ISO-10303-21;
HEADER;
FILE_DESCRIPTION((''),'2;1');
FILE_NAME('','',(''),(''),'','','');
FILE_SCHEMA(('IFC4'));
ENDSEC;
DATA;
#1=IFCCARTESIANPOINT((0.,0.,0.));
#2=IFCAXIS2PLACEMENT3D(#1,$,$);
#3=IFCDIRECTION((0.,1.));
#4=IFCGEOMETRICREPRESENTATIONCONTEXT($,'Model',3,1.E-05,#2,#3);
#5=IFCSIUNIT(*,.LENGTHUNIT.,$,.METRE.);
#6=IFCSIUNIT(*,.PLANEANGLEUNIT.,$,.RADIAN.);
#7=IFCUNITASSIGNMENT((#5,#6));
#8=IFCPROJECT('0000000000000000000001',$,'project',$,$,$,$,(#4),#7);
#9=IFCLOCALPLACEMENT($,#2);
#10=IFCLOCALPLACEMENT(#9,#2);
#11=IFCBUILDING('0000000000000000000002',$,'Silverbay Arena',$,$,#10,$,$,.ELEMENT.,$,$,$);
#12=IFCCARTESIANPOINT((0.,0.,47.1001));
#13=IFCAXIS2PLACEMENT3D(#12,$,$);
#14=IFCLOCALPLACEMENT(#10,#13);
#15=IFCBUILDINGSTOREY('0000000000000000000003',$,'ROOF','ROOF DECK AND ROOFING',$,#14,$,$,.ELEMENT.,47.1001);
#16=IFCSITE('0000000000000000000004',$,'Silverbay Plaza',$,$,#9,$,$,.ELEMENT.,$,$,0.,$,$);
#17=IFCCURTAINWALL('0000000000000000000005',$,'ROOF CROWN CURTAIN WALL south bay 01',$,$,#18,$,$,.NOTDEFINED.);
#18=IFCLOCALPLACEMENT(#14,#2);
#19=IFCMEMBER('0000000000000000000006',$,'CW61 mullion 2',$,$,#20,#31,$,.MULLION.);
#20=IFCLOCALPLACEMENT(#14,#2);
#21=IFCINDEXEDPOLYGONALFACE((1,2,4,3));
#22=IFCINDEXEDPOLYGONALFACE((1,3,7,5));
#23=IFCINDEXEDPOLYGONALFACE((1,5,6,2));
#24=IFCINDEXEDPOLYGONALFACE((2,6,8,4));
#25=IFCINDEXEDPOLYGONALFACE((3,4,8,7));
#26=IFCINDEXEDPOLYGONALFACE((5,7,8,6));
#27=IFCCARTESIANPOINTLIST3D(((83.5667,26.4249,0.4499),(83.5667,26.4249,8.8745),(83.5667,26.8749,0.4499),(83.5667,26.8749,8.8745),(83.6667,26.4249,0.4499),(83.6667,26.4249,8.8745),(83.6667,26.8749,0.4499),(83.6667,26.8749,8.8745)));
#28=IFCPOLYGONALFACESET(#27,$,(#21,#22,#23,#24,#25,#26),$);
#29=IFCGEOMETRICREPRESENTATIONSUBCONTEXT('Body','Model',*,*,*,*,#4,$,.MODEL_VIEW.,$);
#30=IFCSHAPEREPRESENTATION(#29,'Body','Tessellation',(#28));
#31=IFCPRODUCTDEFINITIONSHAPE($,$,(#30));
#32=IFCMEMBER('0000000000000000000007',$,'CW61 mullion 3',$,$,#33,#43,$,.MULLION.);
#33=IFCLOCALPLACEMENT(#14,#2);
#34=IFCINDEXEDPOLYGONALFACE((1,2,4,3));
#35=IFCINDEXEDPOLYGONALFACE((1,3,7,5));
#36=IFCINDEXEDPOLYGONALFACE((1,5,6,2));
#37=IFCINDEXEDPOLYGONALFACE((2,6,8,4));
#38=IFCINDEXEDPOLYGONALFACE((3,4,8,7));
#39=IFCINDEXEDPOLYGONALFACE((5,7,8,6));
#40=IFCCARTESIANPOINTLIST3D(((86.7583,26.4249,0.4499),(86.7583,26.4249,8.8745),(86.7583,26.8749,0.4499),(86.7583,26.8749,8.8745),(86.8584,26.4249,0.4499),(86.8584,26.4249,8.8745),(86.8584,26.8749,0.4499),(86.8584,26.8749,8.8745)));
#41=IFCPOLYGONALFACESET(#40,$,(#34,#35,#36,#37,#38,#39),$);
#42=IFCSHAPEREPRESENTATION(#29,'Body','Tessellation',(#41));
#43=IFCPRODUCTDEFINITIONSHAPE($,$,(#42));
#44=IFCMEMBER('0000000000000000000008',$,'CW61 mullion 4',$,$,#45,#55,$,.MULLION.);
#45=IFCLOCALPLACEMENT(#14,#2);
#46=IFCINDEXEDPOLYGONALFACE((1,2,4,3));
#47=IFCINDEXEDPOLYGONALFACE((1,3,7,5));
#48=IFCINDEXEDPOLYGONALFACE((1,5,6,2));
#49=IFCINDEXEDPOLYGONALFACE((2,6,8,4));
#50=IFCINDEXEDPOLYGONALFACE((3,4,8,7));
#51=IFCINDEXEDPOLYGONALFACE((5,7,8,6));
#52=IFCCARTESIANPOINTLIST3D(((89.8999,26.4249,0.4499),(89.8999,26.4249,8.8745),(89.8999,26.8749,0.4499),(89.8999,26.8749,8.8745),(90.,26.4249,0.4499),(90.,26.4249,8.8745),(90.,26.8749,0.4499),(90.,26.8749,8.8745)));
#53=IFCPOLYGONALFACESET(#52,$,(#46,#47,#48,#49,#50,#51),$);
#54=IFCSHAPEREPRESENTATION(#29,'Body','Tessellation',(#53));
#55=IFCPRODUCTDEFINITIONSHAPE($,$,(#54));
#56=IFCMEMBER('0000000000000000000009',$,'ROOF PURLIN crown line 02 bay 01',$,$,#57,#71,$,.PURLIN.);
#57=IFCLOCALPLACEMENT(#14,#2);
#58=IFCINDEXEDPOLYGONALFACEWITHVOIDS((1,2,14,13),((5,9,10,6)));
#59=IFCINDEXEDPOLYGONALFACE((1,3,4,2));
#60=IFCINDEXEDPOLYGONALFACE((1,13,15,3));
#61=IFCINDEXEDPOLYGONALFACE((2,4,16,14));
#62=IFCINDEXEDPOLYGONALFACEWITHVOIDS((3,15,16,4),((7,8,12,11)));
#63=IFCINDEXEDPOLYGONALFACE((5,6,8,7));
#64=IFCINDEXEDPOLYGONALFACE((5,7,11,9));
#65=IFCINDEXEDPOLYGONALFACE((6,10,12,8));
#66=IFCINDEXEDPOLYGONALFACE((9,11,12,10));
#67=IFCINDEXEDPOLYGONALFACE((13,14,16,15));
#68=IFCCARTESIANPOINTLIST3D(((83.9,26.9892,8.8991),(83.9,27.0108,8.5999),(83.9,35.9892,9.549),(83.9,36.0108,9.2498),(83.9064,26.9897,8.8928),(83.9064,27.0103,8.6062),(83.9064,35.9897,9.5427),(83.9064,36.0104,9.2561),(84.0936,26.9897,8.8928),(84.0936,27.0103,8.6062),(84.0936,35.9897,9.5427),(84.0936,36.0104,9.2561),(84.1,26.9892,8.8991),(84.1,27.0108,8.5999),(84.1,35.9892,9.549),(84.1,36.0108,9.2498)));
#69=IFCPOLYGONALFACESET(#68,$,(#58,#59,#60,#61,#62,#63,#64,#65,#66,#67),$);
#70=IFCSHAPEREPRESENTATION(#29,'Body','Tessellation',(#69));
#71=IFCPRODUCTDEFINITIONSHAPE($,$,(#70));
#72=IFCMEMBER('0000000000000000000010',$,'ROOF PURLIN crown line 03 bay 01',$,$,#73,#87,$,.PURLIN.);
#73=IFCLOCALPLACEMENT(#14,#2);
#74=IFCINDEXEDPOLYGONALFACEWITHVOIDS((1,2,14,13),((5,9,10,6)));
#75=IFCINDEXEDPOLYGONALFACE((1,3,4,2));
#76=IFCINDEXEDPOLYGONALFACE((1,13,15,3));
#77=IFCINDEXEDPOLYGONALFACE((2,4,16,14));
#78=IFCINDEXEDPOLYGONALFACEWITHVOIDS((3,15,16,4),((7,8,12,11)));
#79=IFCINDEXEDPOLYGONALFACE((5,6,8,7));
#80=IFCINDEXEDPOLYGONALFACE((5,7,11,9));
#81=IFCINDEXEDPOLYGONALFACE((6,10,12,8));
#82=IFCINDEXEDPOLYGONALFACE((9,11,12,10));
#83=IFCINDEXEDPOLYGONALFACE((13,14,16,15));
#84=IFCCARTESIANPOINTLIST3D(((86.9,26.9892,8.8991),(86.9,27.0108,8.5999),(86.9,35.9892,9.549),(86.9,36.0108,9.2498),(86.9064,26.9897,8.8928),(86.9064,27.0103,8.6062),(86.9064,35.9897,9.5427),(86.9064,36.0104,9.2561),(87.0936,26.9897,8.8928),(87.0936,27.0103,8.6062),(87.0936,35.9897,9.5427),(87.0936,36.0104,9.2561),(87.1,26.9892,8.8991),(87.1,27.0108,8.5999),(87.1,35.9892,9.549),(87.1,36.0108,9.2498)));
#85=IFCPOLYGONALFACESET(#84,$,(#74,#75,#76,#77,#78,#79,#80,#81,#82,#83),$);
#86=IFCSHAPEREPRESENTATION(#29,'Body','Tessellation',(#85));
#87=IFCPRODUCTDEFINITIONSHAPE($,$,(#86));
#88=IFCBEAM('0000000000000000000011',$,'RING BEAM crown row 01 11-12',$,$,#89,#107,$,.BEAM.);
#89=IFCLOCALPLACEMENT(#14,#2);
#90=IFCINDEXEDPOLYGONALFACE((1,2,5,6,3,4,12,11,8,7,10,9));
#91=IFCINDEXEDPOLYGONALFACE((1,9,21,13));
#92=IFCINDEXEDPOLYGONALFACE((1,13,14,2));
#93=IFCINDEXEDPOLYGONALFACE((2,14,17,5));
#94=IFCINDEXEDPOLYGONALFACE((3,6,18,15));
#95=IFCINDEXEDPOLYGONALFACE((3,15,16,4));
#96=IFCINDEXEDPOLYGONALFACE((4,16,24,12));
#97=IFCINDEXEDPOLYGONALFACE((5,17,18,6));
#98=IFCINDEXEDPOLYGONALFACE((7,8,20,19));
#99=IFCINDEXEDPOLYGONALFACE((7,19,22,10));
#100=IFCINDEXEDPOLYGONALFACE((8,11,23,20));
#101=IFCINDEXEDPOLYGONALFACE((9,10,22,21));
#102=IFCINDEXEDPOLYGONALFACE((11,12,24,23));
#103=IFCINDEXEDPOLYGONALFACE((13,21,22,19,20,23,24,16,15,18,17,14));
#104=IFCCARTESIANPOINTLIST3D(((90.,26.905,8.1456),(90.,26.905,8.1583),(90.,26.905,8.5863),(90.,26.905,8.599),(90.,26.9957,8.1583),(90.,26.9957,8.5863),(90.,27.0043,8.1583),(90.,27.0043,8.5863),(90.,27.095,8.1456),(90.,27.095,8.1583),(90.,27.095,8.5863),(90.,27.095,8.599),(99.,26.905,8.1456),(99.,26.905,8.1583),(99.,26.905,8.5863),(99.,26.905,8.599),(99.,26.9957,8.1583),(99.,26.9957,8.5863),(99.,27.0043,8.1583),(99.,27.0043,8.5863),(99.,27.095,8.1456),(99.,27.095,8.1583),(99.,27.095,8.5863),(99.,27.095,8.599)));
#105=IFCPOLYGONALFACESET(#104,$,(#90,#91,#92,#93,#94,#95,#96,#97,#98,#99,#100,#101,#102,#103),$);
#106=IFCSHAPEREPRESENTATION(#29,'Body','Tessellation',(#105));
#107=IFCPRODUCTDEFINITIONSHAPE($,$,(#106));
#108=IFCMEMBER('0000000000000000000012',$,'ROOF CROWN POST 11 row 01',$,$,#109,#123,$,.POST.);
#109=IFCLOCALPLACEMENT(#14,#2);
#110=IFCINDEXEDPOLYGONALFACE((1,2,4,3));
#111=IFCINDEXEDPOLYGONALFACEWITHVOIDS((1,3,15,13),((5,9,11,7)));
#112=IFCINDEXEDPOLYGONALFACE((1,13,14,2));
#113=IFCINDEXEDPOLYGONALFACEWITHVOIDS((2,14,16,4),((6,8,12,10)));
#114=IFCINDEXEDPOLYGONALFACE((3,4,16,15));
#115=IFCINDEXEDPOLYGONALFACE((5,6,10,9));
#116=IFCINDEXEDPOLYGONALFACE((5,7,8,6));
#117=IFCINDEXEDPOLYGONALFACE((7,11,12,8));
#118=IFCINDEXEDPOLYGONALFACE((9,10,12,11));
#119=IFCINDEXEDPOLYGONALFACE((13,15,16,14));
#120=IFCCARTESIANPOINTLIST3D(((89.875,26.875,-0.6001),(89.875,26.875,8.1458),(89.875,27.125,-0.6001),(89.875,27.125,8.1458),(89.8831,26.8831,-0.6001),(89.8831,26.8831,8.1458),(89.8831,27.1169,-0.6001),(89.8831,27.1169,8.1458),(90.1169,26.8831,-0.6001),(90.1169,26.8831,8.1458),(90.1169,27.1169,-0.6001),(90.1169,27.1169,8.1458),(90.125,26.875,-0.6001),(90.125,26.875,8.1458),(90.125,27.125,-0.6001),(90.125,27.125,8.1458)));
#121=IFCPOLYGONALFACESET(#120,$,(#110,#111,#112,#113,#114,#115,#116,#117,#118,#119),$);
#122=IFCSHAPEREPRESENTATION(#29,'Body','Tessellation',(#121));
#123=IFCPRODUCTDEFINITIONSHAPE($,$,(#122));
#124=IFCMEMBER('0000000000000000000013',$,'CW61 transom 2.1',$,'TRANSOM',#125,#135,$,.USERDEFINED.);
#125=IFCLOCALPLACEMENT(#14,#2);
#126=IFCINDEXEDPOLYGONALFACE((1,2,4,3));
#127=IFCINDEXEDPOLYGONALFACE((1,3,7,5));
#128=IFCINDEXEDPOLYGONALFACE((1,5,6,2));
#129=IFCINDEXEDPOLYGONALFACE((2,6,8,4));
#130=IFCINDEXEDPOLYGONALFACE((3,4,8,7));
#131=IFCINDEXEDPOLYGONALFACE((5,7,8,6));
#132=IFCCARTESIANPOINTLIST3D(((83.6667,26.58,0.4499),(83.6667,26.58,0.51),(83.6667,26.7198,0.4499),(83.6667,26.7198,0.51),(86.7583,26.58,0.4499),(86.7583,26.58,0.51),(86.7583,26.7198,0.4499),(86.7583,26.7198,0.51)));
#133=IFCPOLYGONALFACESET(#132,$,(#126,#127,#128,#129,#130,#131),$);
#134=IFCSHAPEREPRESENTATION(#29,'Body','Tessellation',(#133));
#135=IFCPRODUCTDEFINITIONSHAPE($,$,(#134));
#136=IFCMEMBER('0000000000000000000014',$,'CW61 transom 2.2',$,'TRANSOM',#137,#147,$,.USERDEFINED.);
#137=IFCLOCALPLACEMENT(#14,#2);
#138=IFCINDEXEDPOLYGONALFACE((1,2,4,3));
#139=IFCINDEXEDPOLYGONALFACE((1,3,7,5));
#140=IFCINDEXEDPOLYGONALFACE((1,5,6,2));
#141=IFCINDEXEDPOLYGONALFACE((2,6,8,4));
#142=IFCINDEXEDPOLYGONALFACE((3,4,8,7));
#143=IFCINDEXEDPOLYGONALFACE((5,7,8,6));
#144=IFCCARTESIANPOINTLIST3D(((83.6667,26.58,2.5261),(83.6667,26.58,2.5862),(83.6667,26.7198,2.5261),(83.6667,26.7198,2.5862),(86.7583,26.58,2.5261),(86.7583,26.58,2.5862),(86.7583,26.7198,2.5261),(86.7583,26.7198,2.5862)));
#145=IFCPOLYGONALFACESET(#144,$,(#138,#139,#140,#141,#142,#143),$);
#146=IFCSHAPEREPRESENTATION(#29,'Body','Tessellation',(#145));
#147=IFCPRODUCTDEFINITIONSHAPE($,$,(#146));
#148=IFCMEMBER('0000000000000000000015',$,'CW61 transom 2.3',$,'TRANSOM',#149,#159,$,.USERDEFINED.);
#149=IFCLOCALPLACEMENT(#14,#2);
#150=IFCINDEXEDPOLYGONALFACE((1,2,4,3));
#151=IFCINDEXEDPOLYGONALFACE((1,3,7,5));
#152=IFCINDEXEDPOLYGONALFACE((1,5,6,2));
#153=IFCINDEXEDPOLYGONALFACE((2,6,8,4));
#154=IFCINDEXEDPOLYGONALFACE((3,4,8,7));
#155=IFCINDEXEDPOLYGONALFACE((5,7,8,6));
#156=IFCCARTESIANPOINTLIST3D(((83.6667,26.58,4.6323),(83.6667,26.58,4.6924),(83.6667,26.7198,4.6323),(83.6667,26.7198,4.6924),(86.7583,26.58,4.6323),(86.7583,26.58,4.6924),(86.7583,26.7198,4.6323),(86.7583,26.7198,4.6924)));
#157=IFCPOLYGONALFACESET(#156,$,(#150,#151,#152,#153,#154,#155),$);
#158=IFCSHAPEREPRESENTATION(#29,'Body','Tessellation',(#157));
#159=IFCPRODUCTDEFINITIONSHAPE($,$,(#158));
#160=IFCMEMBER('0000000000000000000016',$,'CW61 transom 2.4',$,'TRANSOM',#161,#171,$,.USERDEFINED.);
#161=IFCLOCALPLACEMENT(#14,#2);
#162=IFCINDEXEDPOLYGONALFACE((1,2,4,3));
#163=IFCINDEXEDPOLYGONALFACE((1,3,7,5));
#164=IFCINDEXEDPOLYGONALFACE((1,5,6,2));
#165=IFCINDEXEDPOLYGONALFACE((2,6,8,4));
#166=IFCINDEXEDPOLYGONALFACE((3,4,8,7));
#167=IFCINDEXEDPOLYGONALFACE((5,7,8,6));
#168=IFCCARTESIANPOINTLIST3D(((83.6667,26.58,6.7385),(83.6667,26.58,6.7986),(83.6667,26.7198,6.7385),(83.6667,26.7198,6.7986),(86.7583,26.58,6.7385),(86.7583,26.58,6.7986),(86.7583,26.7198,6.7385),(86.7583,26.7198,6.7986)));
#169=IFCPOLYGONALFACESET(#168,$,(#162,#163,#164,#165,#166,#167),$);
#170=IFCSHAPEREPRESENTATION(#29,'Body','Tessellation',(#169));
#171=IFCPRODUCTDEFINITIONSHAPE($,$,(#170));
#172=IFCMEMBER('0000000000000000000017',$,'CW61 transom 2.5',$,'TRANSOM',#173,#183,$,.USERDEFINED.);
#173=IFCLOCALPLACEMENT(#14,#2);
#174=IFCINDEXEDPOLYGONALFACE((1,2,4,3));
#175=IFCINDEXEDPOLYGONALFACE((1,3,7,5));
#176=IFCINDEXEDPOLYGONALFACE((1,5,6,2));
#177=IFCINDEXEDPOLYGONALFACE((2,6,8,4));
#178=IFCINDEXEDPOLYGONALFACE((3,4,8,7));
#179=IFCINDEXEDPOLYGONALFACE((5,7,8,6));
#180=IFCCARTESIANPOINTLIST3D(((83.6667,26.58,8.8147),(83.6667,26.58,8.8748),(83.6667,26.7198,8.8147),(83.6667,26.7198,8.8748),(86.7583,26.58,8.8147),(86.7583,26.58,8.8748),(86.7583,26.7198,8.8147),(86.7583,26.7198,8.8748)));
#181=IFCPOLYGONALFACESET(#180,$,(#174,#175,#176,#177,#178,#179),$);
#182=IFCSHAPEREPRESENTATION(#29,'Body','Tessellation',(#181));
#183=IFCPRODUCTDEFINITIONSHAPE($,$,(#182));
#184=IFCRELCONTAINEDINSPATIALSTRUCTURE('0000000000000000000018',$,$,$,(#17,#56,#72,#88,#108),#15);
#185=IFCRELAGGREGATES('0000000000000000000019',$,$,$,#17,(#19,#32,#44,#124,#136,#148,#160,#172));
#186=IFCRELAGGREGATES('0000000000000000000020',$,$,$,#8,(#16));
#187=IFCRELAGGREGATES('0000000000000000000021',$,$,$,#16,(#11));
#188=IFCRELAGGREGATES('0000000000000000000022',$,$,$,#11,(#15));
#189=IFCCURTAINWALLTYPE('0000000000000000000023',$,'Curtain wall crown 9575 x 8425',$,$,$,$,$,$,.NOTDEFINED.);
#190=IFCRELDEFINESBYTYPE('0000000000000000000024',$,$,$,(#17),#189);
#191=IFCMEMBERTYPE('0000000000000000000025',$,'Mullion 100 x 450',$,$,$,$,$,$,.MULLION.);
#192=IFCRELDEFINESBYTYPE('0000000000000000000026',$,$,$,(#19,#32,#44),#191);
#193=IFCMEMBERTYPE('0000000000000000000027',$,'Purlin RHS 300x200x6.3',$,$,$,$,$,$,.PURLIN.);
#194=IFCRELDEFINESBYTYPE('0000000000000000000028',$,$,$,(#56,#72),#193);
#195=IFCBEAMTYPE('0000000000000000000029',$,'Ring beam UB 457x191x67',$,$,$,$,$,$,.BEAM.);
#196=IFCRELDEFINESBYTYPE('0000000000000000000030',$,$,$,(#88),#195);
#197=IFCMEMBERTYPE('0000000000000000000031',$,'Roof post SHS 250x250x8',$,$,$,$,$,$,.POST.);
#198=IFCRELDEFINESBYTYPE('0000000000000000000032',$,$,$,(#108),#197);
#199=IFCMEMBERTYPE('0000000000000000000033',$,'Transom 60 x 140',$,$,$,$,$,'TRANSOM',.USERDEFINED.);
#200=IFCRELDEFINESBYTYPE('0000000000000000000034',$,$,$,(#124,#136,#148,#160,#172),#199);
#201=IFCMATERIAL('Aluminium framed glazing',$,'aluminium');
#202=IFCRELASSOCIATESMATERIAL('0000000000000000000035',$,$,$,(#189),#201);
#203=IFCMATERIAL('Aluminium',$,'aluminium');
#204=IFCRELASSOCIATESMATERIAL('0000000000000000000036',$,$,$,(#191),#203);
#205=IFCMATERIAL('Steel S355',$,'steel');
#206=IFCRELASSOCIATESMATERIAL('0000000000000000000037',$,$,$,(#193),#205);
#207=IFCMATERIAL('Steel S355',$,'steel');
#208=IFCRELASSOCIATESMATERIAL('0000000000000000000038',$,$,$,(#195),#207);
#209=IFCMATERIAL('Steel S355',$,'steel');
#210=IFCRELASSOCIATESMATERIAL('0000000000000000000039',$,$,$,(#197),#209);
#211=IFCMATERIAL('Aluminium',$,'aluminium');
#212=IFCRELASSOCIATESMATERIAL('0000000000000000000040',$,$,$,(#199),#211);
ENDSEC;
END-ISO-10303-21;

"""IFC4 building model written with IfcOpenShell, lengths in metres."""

from ifc_helpers import new_model, si_unit, direction, frame, origin, origin_2d, place, context, subcontext, project, spatial, rectangle, hollow_rectangle, i_section, extrude, material, material_profile, profile_set, type_object, element, aggregate, save


model = new_model("IFC4")

# Units and contexts
model_context = context("Model", 3, precision=1e-05, world=origin(), true_north=direction((0.0, 1.0)))
body_context = subcontext(model_context, "Body", "Model", "MODEL_VIEW")
ifc_project = project(units=[si_unit("LENGTHUNIT", "METRE"), si_unit("PLANEANGLEUNIT", "RADIAN")], contexts=[model_context])

# Site, building, storey
site_placement = place(None, origin())
site = spatial("IfcSite", under=ifc_project, at=site_placement, Name="Silverbay Plaza", CompositionType="ELEMENT", RefElevation=0.0)
building_placement = place(site_placement, origin())
building = spatial("IfcBuilding", under=site, at=building_placement, Name="Silverbay Arena", CompositionType="ELEMENT")
storey_placement = place(building_placement, frame((0.0, 0.0, 47.1001)))
storey = spatial("IfcBuildingStorey", under=building, at=storey_placement, Name="ROOF", Description="ROOF DECK AND ROOFING", CompositionType="ELEMENT", Elevation=47.1001)

# Curtain wall, members
ifc_material_1 = material(Name="Aluminium framed glazing", Category="aluminium")
curtain_wall_type = type_object("IfcCurtainWallType", Name="Curtain wall crown 9575 x 8425", PredefinedType="NOTDEFINED", material=ifc_material_1)
curtain_wall_placement = place(storey_placement, origin())
curtain_wall = element("IfcCurtainWall", 1, at=curtain_wall_placement, inside=storey, type_object=curtain_wall_type, Name="ROOF CROWN CURTAIN WALL south bay 01", PredefinedType="NOTDEFINED")
ifc_material_2 = material(Name="Aluminium", Category="aluminium")
ifc_material_profile_1 = material_profile(ifc_material_2, rectangle(XDim=0.45, YDim=0.1001, at=origin_2d()), Name="Mullion 100 x 450")
ifc_profile_set_1 = profile_set([ifc_material_profile_1], Name="Aluminium")
member_type_1 = type_object("IfcMemberType", Name="Mullion 100 x 450", PredefinedType="MULLION", material=ifc_profile_set_1)
placement = place(building_placement, frame((0.0, 0.0, 33.5)))
member_1_placement = place(placement, frame((83.6167, 26.6499, 14.05), z_axis=(0.0, 0.0, 1.0), x_axis=(0.0, 1.0, 0.0)))
member_1 = element("IfcMember", 2, at=member_1_placement, type_object=member_type_1, Name="CW61 mullion 2", PredefinedType="MULLION", context=body_context, shape_type="SweptSolid", body=[
    extrude(rectangle(XDim=0.45, YDim=0.1001, at=origin_2d()), origin(), (0.0, 0.0, 1.0), 8.4246),
])
member_2_placement = place(placement, frame((86.8083, 26.6499, 14.05), z_axis=(0.0, 0.0, 1.0), x_axis=(0.0, 1.0, 0.0)))
member_2 = element("IfcMember", 3, at=member_2_placement, type_object=member_type_1, Name="CW61 mullion 3", PredefinedType="MULLION", context=body_context, shape_type="SweptSolid", body=[
    extrude(rectangle(XDim=0.45, YDim=0.1001, at=origin_2d()), origin(), (0.0, 0.0, 1.0), 8.4246),
])
member_3_placement = place(placement, frame((89.95, 26.6499, 14.05), z_axis=(0.0, 0.0, 1.0), x_axis=(0.0, 1.0, 0.0)))
member_3 = element("IfcMember", 4, at=member_3_placement, type_object=member_type_1, Name="CW61 mullion 4", PredefinedType="MULLION", context=body_context, shape_type="SweptSolid", body=[
    extrude(rectangle(XDim=0.45, YDim=0.1001, at=origin_2d()), origin(), (0.0, 0.0, 1.0), 8.4246),
])

# Members
ifc_material_3 = material(Name="Steel S355", Category="steel")
ifc_material_profile_2 = material_profile(ifc_material_3, hollow_rectangle(XDim=0.2, YDim=0.3, WallThickness=0.0063, at=origin_2d()), Name="RHS 300x200x6.3")
ifc_profile_set_2 = profile_set([ifc_material_profile_2], Name="Steel S355")
member_type_2 = type_object("IfcMemberType", Name="Purlin RHS 300x200x6.3", PredefinedType="PURLIN", material=ifc_profile_set_2)
for number, where, z_axis, x_axis, name in (
    (5, (84.0, 27.0, 8.7495), (0.0, 0.997403, 0.072024), (-1.0, 0.0, 0.0), "ROOF PURLIN crown line 02 bay 01"),
    (6, (87.0, 27.0, 8.7495), (0.0, 0.997403, 0.072024), (-1.0, 0.0, 0.0), "ROOF PURLIN crown line 03 bay 01"),
):
    element("IfcMember", number, at=place(storey_placement, frame(where, z_axis=z_axis, x_axis=x_axis)), inside=storey, type_object=member_type_2, Name=name, PredefinedType="PURLIN", context=body_context, shape_type="SweptSolid", body=[
        extrude(hollow_rectangle(XDim=0.2, YDim=0.3, WallThickness=0.0063, at=origin_2d()), origin(), (0.0, 0.0, 1.0), 9.0234),
    ])

# Beam
ifc_material_4 = material(Name="Steel S355", Category="steel")
ifc_material_profile_3 = material_profile(ifc_material_4, i_section(OverallWidth=0.1899, OverallDepth=0.4534, WebThickness=0.0085, FlangeThickness=0.0127, at=origin_2d()), Name="UB 457x191x67")
ifc_profile_set_3 = profile_set([ifc_material_profile_3], Name="Steel S355")
beam_type = type_object("IfcBeamType", Name="Ring beam UB 457x191x67", PredefinedType="BEAM", material=ifc_profile_set_3)
beam_placement = place(storey_placement, frame((90.0, 27.0, 8.3723), z_axis=(1.0, 0.0, 0.0), x_axis=(0.0, 1.0, 0.0)))
element("IfcBeam", 7, at=beam_placement, inside=storey, type_object=beam_type, Name="RING BEAM crown row 01 11-12", PredefinedType="BEAM", context=body_context, shape_type="SweptSolid", body=[
    extrude(i_section(OverallWidth=0.1899, OverallDepth=0.4534, WebThickness=0.0085, FlangeThickness=0.0127, at=origin_2d()), origin(), (0.0, 0.0, 1.0), 9.0),
])

# Members
ifc_material_5 = material(Name="Steel S355", Category="steel")
ifc_material_profile_4 = material_profile(ifc_material_5, hollow_rectangle(XDim=0.25, YDim=0.25, WallThickness=0.0081, at=origin_2d()), Name="SHS 250x250x8")
ifc_profile_set_4 = profile_set([ifc_material_profile_4], Name="Steel S355")
member_type_3 = type_object("IfcMemberType", Name="Roof post SHS 250x250x8", PredefinedType="POST", material=ifc_profile_set_4)
member_4_placement = place(storey_placement, frame((90.0, 27.0, -0.6001), z_axis=(0.0, 0.0, 1.0), x_axis=(1.0, 0.0, 0.0)))
element("IfcMember", 8, at=member_4_placement, inside=storey, type_object=member_type_3, Name="ROOF CROWN POST 11 row 01", PredefinedType="POST", context=body_context, shape_type="SweptSolid", body=[
    extrude(hollow_rectangle(XDim=0.25, YDim=0.25, WallThickness=0.0081, at=origin_2d()), origin(), (0.0, 0.0, 1.0), 8.7458),
])
ifc_material_6 = material(Name="Aluminium", Category="aluminium")
ifc_material_profile_5 = material_profile(ifc_material_6, rectangle(XDim=0.1399, YDim=0.0601, at=origin_2d()), Name="Transom 60 x 140")
ifc_profile_set_5 = profile_set([ifc_material_profile_5], Name="Aluminium")
member_type_4 = type_object("IfcMemberType", Name="Transom 60 x 140", ElementType="TRANSOM", PredefinedType="USERDEFINED", material=ifc_profile_set_5)
member_5_placement = place(placement, frame((83.6667, 26.6499, 14.0801), z_axis=(1.0, 0.0, 0.0), x_axis=(0.0, 1.0, 0.0)))
member_5 = element("IfcMember", 9, at=member_5_placement, type_object=member_type_4, Name="CW61 transom 2.1", ObjectType="TRANSOM", PredefinedType="USERDEFINED", context=body_context, shape_type="SweptSolid", body=[
    extrude(rectangle(XDim=0.1399, YDim=0.0601, at=origin_2d()), origin(), (0.0, 0.0, 1.0), 3.0916),
])
member_6_placement = place(placement, frame((83.6667, 26.6499, 16.1562), z_axis=(1.0, 0.0, 0.0), x_axis=(0.0, 1.0, 0.0)))
member_6 = element("IfcMember", 10, at=member_6_placement, type_object=member_type_4, Name="CW61 transom 2.2", ObjectType="TRANSOM", PredefinedType="USERDEFINED", context=body_context, shape_type="SweptSolid", body=[
    extrude(rectangle(XDim=0.1399, YDim=0.0601, at=origin_2d()), origin(), (0.0, 0.0, 1.0), 3.0916),
])
member_7_placement = place(placement, frame((83.6667, 26.6499, 18.2625), z_axis=(1.0, 0.0, 0.0), x_axis=(0.0, 1.0, 0.0)))
member_7 = element("IfcMember", 11, at=member_7_placement, type_object=member_type_4, Name="CW61 transom 2.3", ObjectType="TRANSOM", PredefinedType="USERDEFINED", context=body_context, shape_type="SweptSolid", body=[
    extrude(rectangle(XDim=0.1399, YDim=0.0601, at=origin_2d()), origin(), (0.0, 0.0, 1.0), 3.0916),
])
member_8_placement = place(placement, frame((83.6667, 26.6499, 20.3687), z_axis=(1.0, 0.0, 0.0), x_axis=(0.0, 1.0, 0.0)))
member_8 = element("IfcMember", 12, at=member_8_placement, type_object=member_type_4, Name="CW61 transom 2.4", ObjectType="TRANSOM", PredefinedType="USERDEFINED", context=body_context, shape_type="SweptSolid", body=[
    extrude(rectangle(XDim=0.1399, YDim=0.0601, at=origin_2d()), origin(), (0.0, 0.0, 1.0), 3.0916),
])
member_9_placement = place(placement, frame((83.6667, 26.6499, 22.4448), z_axis=(1.0, 0.0, 0.0), x_axis=(0.0, 1.0, 0.0)))
member_9 = element("IfcMember", 13, at=member_9_placement, type_object=member_type_4, Name="CW61 transom 2.5", ObjectType="TRANSOM", PredefinedType="USERDEFINED", context=body_context, shape_type="SweptSolid", body=[
    extrude(rectangle(XDim=0.1399, YDim=0.0601, at=origin_2d()), origin(), (0.0, 0.0, 1.0), 3.0916),
])

aggregate(curtain_wall, [member_1, member_2, member_3, member_5, member_6, member_7, member_8, member_9])

save(model, "model.ifc")
